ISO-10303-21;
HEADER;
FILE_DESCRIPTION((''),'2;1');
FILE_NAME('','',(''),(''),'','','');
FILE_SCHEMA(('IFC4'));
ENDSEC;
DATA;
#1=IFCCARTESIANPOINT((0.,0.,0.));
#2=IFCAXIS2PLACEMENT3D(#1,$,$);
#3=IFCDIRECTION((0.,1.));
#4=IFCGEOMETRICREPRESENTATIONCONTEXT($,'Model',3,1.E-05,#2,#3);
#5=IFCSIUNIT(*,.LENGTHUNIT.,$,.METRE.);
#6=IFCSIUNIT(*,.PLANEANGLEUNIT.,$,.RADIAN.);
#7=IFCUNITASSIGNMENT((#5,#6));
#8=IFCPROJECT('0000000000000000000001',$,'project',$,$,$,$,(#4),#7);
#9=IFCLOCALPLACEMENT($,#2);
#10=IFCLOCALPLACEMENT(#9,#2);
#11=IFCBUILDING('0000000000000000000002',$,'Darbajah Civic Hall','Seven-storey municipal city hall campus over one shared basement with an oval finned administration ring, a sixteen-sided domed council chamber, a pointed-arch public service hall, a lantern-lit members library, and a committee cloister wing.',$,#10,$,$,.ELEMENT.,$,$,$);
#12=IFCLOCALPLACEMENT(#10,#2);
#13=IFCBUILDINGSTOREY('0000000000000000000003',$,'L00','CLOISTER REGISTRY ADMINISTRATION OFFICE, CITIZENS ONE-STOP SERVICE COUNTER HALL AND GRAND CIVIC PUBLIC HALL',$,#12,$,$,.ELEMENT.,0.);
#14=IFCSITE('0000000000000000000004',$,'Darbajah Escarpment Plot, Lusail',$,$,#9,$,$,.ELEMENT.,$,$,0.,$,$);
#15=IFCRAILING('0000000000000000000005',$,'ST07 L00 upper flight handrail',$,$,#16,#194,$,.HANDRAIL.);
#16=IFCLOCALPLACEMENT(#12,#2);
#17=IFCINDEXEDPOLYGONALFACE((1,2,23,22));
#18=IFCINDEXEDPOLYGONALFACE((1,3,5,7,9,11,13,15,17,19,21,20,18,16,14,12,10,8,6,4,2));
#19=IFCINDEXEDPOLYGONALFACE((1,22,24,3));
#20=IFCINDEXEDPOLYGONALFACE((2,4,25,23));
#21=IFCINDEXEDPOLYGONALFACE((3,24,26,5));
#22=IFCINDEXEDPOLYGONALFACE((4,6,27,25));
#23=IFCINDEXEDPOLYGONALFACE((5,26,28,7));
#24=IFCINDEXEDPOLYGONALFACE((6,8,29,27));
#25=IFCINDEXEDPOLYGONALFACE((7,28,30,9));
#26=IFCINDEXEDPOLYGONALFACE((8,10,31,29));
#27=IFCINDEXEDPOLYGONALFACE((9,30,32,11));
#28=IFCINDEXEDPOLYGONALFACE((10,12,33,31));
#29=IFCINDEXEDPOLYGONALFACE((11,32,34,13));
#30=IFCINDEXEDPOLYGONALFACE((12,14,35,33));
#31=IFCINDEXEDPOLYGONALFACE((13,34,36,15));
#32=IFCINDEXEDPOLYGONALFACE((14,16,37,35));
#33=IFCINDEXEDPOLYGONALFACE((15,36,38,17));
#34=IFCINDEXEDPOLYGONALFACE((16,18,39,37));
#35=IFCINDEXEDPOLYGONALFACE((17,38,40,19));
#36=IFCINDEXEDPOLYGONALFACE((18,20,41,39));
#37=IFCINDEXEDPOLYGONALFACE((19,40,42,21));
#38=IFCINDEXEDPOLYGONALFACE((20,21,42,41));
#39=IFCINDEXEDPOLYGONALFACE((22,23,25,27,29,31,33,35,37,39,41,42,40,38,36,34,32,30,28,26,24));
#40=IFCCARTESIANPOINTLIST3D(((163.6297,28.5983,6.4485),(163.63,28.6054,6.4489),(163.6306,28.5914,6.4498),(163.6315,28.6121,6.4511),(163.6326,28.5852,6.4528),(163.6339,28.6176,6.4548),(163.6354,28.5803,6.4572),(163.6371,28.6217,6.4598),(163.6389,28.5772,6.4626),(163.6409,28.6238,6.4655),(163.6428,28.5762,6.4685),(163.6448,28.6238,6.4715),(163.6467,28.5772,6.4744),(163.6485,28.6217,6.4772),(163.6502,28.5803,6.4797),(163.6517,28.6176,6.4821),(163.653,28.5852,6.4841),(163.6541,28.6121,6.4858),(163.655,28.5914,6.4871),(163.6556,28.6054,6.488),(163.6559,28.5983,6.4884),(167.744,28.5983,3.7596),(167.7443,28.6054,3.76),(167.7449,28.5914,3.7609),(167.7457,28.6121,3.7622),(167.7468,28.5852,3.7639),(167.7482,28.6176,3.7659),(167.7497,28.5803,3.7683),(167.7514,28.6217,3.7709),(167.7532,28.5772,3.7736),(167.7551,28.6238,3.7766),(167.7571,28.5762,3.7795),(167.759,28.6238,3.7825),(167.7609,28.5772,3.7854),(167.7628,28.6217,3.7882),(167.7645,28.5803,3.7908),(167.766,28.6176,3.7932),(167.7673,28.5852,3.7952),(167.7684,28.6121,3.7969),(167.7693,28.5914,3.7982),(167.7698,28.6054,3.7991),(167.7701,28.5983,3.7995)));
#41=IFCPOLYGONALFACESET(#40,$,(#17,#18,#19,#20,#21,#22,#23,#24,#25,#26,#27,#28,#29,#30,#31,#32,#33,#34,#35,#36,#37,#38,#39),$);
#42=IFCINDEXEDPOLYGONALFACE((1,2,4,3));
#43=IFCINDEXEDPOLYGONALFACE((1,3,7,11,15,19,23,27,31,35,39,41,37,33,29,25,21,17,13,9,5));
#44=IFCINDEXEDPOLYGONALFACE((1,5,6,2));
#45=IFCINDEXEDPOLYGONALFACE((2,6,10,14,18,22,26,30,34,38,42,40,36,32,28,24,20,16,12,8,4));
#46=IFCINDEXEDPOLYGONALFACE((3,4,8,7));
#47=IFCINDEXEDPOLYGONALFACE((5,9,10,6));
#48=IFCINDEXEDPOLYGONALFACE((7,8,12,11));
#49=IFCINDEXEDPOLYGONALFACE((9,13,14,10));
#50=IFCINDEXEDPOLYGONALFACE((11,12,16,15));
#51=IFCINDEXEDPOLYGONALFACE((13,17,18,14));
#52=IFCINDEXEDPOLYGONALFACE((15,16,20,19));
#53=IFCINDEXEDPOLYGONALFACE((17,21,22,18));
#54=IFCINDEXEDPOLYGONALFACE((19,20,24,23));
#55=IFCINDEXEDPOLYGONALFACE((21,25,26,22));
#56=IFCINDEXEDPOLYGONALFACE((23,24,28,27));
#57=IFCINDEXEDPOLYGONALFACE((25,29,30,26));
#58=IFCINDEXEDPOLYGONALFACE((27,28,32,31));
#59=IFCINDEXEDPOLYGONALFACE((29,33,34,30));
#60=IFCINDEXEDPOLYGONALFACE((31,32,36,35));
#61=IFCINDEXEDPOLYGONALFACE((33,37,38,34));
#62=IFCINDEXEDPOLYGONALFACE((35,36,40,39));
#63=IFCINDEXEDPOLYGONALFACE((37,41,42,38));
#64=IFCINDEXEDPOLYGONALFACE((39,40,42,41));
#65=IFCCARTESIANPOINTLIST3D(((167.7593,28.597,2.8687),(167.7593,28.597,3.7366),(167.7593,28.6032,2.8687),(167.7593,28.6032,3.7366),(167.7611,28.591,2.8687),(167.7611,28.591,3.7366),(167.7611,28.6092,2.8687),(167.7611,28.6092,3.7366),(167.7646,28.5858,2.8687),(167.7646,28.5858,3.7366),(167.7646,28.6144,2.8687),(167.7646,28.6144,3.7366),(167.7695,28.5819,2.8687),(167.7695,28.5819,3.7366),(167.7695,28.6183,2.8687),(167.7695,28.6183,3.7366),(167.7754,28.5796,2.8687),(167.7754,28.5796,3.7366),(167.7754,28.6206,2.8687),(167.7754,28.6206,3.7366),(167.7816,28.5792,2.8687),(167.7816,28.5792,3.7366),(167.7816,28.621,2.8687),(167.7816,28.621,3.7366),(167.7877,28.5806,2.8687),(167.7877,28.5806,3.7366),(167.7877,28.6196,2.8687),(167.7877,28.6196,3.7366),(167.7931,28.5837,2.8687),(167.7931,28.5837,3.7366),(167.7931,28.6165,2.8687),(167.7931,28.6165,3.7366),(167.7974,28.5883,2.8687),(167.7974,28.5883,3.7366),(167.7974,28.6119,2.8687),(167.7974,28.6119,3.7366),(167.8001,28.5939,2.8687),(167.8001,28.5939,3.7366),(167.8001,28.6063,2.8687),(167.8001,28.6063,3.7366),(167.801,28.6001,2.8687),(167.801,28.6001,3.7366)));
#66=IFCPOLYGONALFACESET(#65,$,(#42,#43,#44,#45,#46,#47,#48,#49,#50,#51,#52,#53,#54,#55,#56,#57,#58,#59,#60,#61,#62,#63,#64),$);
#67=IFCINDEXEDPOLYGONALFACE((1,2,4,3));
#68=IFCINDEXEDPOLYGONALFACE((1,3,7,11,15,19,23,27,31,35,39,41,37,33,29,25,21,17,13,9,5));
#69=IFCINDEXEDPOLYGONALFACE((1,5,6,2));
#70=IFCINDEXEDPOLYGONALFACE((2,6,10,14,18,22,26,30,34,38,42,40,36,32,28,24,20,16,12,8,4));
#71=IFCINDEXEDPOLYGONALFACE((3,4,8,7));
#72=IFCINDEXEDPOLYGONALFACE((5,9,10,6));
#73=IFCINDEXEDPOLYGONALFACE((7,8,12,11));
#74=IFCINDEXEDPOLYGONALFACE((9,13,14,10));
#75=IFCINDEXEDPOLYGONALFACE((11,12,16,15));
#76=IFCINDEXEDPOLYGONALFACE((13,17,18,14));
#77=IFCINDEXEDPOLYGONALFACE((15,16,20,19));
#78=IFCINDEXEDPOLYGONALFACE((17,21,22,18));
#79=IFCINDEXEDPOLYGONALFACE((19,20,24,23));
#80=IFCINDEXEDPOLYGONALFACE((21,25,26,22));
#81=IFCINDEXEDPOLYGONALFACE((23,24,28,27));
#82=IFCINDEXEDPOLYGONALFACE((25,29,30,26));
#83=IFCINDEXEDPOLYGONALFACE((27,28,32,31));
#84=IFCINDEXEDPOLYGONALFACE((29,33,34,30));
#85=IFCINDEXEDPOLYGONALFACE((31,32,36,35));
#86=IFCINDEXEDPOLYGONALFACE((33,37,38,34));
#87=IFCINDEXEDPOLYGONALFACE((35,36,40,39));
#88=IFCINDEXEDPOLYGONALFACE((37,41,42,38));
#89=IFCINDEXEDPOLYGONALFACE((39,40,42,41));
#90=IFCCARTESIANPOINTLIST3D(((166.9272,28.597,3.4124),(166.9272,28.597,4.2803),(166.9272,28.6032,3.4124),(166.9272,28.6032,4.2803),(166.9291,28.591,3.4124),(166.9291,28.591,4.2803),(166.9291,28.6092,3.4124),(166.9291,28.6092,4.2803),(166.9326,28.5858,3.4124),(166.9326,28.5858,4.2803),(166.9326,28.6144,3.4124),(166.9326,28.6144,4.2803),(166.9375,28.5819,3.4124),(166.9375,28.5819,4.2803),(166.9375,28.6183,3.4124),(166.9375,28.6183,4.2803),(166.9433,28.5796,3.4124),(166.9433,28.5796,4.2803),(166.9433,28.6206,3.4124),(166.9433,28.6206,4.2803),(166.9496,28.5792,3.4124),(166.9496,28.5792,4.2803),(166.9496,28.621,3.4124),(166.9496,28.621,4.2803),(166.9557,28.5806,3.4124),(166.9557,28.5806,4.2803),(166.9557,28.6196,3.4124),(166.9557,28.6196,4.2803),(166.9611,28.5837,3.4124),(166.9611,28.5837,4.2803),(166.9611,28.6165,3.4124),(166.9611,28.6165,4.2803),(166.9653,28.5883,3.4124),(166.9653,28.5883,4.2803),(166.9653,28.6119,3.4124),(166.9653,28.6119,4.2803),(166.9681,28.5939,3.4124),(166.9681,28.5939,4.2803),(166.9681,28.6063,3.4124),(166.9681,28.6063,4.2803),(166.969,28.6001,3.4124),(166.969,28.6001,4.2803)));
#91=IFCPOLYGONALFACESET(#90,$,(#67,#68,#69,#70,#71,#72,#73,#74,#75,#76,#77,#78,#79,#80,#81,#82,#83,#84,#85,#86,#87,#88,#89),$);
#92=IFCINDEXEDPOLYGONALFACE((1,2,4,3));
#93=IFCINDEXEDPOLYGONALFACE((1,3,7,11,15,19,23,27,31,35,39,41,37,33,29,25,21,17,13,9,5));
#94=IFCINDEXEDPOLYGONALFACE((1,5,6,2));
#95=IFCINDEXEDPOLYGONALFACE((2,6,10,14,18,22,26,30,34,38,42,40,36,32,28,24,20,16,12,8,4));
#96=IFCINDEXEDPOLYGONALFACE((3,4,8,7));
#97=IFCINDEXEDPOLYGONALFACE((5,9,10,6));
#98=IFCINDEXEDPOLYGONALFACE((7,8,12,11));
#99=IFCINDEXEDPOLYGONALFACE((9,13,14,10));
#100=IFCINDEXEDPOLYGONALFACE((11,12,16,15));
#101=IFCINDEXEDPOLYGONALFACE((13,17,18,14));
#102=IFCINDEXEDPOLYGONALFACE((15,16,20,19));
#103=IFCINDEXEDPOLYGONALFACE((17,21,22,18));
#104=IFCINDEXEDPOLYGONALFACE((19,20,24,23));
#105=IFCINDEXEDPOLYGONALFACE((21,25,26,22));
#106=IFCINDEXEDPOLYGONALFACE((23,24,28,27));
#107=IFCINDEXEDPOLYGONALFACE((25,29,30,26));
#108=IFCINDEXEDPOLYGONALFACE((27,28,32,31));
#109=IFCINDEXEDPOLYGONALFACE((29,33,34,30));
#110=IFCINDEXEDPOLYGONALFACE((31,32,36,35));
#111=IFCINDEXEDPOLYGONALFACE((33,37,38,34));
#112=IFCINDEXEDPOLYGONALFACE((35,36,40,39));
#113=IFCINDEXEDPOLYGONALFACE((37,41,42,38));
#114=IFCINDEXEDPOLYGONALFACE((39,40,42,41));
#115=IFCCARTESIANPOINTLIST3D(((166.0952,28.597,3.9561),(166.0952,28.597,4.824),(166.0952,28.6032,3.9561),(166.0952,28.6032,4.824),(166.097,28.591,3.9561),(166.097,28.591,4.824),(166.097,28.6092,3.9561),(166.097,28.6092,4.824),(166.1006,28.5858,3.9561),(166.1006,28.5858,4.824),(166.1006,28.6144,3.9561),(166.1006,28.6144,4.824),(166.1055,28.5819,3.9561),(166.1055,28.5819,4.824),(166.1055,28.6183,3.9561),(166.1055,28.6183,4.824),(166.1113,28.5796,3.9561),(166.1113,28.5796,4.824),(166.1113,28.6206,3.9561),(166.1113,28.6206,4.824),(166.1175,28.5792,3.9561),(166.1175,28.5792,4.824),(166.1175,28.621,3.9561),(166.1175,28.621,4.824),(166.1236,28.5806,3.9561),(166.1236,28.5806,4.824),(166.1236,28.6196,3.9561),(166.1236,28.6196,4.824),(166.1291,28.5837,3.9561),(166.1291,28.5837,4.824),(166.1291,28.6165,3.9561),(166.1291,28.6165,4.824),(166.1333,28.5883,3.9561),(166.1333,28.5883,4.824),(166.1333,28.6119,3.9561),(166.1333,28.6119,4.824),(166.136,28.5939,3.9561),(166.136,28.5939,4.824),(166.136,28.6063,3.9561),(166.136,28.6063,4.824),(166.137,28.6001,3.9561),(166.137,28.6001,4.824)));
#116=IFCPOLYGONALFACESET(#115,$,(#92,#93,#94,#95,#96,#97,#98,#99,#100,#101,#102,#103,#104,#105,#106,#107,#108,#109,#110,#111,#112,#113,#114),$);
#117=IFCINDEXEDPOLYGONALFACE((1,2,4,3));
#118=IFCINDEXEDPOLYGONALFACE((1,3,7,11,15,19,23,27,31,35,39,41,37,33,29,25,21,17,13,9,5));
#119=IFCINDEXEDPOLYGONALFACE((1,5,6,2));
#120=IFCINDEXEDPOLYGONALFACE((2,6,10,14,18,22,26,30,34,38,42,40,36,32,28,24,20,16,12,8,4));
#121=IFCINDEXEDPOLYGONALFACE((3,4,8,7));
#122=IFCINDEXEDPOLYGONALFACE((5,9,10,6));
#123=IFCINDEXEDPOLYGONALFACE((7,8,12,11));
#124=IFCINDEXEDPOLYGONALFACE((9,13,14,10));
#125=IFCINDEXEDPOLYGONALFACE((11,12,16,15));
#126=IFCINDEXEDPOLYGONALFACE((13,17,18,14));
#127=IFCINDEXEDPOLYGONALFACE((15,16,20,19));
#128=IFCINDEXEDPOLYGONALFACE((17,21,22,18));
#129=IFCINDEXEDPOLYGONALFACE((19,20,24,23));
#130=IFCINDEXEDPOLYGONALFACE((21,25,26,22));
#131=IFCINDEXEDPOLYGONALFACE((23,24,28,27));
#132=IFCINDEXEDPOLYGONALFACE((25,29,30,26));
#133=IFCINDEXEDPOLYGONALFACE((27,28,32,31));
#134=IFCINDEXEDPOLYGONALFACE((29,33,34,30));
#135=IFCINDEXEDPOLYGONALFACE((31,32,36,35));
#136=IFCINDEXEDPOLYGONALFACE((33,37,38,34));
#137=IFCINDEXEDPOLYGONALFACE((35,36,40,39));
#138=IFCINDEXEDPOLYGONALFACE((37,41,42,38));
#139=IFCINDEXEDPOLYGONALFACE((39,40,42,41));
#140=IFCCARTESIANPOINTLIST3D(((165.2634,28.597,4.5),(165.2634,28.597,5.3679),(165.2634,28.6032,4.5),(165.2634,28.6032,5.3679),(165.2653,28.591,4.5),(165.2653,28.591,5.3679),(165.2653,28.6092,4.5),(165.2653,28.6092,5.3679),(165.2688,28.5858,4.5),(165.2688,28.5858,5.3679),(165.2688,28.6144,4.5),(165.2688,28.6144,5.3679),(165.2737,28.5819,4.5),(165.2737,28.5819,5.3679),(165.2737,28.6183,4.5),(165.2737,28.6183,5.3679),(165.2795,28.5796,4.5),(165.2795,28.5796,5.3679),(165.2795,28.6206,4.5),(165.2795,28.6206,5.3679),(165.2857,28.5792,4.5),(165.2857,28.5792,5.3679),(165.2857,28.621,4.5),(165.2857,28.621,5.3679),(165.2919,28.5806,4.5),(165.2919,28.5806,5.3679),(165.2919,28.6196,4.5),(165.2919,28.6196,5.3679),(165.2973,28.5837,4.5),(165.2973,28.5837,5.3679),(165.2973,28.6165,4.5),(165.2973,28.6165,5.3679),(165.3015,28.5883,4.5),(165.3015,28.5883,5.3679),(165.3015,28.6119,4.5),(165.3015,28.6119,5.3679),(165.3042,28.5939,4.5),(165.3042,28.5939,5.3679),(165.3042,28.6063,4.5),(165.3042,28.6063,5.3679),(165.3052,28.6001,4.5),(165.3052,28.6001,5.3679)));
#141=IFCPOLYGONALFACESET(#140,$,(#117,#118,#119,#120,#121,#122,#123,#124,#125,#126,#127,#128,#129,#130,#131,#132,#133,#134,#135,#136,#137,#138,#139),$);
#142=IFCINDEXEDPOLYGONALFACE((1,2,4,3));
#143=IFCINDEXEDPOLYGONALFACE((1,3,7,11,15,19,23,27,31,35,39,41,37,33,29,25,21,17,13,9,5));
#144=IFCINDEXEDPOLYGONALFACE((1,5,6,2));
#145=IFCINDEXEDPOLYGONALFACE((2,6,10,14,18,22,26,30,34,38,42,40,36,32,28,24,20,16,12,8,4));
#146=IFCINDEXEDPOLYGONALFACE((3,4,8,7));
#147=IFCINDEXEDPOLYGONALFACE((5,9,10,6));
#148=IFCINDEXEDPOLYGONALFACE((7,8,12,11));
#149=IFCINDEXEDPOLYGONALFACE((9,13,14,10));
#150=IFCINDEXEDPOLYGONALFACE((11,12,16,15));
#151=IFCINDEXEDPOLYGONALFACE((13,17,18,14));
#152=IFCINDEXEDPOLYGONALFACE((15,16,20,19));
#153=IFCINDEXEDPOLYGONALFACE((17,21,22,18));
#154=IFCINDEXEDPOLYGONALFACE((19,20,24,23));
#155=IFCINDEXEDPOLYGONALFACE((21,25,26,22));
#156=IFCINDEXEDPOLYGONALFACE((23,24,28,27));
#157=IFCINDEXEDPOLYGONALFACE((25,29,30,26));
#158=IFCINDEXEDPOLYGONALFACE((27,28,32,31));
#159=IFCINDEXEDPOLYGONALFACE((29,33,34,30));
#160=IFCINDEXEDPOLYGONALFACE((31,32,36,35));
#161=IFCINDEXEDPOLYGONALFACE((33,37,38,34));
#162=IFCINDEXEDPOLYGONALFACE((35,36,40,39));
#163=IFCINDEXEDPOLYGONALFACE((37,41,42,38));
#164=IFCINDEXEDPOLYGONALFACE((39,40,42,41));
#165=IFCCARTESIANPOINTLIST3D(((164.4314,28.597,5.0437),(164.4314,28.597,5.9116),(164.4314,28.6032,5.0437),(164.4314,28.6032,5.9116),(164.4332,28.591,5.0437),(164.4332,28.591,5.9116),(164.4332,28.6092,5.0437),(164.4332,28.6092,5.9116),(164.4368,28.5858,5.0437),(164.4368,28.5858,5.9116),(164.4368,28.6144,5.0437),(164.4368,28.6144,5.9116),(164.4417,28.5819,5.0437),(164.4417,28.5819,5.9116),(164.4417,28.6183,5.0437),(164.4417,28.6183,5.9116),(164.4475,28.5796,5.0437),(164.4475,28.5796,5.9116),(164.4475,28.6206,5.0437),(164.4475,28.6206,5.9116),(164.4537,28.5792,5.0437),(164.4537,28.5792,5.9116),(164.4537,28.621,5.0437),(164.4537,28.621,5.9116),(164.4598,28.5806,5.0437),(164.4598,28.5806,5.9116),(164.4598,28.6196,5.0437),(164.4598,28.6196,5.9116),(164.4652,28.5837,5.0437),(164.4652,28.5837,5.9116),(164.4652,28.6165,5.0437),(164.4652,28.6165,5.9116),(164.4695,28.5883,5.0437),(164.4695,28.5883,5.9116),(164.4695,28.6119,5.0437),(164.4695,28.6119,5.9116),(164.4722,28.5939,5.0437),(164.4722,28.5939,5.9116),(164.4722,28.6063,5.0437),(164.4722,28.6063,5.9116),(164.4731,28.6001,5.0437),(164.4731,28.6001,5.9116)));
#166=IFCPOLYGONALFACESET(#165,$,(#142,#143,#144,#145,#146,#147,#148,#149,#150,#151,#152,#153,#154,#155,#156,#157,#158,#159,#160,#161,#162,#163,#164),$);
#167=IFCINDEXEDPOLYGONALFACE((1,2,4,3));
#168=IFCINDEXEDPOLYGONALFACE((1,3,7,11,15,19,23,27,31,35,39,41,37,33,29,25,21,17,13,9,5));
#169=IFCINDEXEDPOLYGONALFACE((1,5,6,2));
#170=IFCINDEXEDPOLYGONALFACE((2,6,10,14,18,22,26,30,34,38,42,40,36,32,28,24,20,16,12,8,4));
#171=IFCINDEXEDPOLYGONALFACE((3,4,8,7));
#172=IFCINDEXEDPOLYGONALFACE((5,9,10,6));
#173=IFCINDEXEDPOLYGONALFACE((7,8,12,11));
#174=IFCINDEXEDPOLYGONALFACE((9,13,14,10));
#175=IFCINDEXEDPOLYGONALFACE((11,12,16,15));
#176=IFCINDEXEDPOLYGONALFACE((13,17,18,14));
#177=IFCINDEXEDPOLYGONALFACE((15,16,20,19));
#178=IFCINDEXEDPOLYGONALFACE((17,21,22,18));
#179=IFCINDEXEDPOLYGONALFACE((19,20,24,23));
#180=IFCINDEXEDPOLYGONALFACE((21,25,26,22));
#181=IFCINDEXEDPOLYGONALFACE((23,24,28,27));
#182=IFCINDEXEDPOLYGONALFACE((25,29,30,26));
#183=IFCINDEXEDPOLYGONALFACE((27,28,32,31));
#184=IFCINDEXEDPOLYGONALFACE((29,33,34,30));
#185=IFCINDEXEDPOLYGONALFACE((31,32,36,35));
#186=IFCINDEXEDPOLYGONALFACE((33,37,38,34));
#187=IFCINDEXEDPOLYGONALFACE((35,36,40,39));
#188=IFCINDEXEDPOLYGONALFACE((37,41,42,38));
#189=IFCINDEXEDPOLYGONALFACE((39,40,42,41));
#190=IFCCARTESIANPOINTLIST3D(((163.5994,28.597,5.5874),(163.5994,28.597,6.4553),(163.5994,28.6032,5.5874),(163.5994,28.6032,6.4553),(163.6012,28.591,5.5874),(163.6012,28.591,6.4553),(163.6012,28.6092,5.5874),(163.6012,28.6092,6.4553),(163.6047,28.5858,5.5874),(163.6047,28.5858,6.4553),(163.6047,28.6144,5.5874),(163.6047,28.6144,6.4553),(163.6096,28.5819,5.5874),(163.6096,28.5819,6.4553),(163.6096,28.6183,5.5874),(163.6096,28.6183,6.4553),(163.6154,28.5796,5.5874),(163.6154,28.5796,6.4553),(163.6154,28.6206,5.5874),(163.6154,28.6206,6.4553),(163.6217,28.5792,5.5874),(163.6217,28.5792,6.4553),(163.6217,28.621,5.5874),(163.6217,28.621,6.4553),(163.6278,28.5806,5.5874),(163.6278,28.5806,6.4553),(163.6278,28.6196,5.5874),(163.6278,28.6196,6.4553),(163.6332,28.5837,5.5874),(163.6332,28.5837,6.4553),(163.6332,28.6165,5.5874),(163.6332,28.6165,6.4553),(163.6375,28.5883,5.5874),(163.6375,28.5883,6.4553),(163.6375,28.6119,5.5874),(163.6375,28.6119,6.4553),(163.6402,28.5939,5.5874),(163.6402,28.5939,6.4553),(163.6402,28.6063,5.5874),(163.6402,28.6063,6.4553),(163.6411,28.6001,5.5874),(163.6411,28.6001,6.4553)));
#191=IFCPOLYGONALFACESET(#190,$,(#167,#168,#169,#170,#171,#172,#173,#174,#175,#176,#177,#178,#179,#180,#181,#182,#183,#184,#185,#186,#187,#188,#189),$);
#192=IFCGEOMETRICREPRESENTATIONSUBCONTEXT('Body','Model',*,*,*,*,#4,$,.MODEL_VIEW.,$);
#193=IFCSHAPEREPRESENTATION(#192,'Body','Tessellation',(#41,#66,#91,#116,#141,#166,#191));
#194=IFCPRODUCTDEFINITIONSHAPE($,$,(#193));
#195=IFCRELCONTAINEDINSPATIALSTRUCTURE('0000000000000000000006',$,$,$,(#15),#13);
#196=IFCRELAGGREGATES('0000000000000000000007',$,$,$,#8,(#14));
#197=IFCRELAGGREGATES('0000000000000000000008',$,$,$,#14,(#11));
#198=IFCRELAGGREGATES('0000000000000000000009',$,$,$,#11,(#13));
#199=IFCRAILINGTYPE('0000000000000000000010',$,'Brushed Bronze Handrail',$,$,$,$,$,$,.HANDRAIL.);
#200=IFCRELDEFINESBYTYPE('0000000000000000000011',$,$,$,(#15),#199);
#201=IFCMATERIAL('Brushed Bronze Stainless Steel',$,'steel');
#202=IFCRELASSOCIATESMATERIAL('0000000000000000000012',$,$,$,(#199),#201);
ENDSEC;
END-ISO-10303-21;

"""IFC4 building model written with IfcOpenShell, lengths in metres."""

from ifc_helpers import new_model, si_unit, direction, frame, origin, origin_2d, place, context, subcontext, project, spatial, circle, extrude, material, type_object, element, save


model = new_model("IFC4")

# Units and contexts
model_context = context("Model", 3, precision=1e-05, world=origin(), true_north=direction((0.0, 1.0)))
body_context = subcontext(model_context, "Body", "Model", "MODEL_VIEW")
ifc_project = project(units=[si_unit("LENGTHUNIT", "METRE"), si_unit("PLANEANGLEUNIT", "RADIAN")], contexts=[model_context])

# Site, building, storey
site_placement = place(None, origin())
site = spatial("IfcSite", under=ifc_project, at=site_placement, Name="Darbajah Escarpment Plot, Lusail", CompositionType="ELEMENT", RefElevation=0.0)
building_placement = place(site_placement, origin())
building = spatial("IfcBuilding", under=site, at=building_placement, Name="Darbajah Civic Hall", Description="Seven-storey municipal city hall campus over one shared basement with an oval finned administration ring, a sixteen-sided domed council chamber, a pointed-arch public service hall, a lantern-lit members library, and a committee cloister wing.", CompositionType="ELEMENT")
storey_placement = place(building_placement, origin())
storey = spatial("IfcBuildingStorey", under=building, at=storey_placement, Name="L00", Description="CLOISTER REGISTRY ADMINISTRATION OFFICE, CITIZENS ONE-STOP SERVICE COUNTER HALL AND GRAND CIVIC PUBLIC HALL", CompositionType="ELEMENT", Elevation=0.0)

# Railing
ifc_material_1 = material(Name="Brushed Bronze Stainless Steel", Category="steel")
railing_type = type_object("IfcRailingType", Name="Brushed Bronze Handrail", PredefinedType="HANDRAIL", material=ifc_material_1)
railing_placement = place(storey_placement, frame((167.78, 28.6001, 2.8687)))
element("IfcRailing", 1, at=railing_placement, inside=storey, type_object=railing_type, Name="ST07 L00 upper flight handrail", PredefinedType="HANDRAIL", context=body_context, shape_type="SweptSolid", body=[
    extrude(circle(Radius=0.0239, at=origin_2d()), frame((-0.0229, 0.0, 0.9109), z_axis=(-0.83708, 0.0, 0.547081), x_axis=(0.0, -1.0, 0.0)), (0.0, 0.0, 1.0), 4.915),
    extrude(circle(Radius=0.021, at=origin_2d()), origin(), (0.0, 0.0, 1.0), 0.8679),
    extrude(circle(Radius=0.021, at=origin_2d()), frame((-0.832, 0.0, 0.5437)), (0.0, 0.0, 1.0), 0.8679),
    extrude(circle(Radius=0.021, at=origin_2d()), frame((-1.6641, 0.0, 1.0874)), (0.0, 0.0, 1.0), 0.8679),
    extrude(circle(Radius=0.021, at=origin_2d()), frame((-2.4958, 0.0, 1.6313)), (0.0, 0.0, 1.0), 0.8679),
    extrude(circle(Radius=0.021, at=origin_2d()), frame((-3.3279, 0.0, 2.175)), (0.0, 0.0, 1.0), 0.8679),
    extrude(circle(Radius=0.021, at=origin_2d()), frame((-4.1599, 0.0, 2.7188)), (0.0, 0.0, 1.0), 0.8679),
])

save(model, "model.ifc")
